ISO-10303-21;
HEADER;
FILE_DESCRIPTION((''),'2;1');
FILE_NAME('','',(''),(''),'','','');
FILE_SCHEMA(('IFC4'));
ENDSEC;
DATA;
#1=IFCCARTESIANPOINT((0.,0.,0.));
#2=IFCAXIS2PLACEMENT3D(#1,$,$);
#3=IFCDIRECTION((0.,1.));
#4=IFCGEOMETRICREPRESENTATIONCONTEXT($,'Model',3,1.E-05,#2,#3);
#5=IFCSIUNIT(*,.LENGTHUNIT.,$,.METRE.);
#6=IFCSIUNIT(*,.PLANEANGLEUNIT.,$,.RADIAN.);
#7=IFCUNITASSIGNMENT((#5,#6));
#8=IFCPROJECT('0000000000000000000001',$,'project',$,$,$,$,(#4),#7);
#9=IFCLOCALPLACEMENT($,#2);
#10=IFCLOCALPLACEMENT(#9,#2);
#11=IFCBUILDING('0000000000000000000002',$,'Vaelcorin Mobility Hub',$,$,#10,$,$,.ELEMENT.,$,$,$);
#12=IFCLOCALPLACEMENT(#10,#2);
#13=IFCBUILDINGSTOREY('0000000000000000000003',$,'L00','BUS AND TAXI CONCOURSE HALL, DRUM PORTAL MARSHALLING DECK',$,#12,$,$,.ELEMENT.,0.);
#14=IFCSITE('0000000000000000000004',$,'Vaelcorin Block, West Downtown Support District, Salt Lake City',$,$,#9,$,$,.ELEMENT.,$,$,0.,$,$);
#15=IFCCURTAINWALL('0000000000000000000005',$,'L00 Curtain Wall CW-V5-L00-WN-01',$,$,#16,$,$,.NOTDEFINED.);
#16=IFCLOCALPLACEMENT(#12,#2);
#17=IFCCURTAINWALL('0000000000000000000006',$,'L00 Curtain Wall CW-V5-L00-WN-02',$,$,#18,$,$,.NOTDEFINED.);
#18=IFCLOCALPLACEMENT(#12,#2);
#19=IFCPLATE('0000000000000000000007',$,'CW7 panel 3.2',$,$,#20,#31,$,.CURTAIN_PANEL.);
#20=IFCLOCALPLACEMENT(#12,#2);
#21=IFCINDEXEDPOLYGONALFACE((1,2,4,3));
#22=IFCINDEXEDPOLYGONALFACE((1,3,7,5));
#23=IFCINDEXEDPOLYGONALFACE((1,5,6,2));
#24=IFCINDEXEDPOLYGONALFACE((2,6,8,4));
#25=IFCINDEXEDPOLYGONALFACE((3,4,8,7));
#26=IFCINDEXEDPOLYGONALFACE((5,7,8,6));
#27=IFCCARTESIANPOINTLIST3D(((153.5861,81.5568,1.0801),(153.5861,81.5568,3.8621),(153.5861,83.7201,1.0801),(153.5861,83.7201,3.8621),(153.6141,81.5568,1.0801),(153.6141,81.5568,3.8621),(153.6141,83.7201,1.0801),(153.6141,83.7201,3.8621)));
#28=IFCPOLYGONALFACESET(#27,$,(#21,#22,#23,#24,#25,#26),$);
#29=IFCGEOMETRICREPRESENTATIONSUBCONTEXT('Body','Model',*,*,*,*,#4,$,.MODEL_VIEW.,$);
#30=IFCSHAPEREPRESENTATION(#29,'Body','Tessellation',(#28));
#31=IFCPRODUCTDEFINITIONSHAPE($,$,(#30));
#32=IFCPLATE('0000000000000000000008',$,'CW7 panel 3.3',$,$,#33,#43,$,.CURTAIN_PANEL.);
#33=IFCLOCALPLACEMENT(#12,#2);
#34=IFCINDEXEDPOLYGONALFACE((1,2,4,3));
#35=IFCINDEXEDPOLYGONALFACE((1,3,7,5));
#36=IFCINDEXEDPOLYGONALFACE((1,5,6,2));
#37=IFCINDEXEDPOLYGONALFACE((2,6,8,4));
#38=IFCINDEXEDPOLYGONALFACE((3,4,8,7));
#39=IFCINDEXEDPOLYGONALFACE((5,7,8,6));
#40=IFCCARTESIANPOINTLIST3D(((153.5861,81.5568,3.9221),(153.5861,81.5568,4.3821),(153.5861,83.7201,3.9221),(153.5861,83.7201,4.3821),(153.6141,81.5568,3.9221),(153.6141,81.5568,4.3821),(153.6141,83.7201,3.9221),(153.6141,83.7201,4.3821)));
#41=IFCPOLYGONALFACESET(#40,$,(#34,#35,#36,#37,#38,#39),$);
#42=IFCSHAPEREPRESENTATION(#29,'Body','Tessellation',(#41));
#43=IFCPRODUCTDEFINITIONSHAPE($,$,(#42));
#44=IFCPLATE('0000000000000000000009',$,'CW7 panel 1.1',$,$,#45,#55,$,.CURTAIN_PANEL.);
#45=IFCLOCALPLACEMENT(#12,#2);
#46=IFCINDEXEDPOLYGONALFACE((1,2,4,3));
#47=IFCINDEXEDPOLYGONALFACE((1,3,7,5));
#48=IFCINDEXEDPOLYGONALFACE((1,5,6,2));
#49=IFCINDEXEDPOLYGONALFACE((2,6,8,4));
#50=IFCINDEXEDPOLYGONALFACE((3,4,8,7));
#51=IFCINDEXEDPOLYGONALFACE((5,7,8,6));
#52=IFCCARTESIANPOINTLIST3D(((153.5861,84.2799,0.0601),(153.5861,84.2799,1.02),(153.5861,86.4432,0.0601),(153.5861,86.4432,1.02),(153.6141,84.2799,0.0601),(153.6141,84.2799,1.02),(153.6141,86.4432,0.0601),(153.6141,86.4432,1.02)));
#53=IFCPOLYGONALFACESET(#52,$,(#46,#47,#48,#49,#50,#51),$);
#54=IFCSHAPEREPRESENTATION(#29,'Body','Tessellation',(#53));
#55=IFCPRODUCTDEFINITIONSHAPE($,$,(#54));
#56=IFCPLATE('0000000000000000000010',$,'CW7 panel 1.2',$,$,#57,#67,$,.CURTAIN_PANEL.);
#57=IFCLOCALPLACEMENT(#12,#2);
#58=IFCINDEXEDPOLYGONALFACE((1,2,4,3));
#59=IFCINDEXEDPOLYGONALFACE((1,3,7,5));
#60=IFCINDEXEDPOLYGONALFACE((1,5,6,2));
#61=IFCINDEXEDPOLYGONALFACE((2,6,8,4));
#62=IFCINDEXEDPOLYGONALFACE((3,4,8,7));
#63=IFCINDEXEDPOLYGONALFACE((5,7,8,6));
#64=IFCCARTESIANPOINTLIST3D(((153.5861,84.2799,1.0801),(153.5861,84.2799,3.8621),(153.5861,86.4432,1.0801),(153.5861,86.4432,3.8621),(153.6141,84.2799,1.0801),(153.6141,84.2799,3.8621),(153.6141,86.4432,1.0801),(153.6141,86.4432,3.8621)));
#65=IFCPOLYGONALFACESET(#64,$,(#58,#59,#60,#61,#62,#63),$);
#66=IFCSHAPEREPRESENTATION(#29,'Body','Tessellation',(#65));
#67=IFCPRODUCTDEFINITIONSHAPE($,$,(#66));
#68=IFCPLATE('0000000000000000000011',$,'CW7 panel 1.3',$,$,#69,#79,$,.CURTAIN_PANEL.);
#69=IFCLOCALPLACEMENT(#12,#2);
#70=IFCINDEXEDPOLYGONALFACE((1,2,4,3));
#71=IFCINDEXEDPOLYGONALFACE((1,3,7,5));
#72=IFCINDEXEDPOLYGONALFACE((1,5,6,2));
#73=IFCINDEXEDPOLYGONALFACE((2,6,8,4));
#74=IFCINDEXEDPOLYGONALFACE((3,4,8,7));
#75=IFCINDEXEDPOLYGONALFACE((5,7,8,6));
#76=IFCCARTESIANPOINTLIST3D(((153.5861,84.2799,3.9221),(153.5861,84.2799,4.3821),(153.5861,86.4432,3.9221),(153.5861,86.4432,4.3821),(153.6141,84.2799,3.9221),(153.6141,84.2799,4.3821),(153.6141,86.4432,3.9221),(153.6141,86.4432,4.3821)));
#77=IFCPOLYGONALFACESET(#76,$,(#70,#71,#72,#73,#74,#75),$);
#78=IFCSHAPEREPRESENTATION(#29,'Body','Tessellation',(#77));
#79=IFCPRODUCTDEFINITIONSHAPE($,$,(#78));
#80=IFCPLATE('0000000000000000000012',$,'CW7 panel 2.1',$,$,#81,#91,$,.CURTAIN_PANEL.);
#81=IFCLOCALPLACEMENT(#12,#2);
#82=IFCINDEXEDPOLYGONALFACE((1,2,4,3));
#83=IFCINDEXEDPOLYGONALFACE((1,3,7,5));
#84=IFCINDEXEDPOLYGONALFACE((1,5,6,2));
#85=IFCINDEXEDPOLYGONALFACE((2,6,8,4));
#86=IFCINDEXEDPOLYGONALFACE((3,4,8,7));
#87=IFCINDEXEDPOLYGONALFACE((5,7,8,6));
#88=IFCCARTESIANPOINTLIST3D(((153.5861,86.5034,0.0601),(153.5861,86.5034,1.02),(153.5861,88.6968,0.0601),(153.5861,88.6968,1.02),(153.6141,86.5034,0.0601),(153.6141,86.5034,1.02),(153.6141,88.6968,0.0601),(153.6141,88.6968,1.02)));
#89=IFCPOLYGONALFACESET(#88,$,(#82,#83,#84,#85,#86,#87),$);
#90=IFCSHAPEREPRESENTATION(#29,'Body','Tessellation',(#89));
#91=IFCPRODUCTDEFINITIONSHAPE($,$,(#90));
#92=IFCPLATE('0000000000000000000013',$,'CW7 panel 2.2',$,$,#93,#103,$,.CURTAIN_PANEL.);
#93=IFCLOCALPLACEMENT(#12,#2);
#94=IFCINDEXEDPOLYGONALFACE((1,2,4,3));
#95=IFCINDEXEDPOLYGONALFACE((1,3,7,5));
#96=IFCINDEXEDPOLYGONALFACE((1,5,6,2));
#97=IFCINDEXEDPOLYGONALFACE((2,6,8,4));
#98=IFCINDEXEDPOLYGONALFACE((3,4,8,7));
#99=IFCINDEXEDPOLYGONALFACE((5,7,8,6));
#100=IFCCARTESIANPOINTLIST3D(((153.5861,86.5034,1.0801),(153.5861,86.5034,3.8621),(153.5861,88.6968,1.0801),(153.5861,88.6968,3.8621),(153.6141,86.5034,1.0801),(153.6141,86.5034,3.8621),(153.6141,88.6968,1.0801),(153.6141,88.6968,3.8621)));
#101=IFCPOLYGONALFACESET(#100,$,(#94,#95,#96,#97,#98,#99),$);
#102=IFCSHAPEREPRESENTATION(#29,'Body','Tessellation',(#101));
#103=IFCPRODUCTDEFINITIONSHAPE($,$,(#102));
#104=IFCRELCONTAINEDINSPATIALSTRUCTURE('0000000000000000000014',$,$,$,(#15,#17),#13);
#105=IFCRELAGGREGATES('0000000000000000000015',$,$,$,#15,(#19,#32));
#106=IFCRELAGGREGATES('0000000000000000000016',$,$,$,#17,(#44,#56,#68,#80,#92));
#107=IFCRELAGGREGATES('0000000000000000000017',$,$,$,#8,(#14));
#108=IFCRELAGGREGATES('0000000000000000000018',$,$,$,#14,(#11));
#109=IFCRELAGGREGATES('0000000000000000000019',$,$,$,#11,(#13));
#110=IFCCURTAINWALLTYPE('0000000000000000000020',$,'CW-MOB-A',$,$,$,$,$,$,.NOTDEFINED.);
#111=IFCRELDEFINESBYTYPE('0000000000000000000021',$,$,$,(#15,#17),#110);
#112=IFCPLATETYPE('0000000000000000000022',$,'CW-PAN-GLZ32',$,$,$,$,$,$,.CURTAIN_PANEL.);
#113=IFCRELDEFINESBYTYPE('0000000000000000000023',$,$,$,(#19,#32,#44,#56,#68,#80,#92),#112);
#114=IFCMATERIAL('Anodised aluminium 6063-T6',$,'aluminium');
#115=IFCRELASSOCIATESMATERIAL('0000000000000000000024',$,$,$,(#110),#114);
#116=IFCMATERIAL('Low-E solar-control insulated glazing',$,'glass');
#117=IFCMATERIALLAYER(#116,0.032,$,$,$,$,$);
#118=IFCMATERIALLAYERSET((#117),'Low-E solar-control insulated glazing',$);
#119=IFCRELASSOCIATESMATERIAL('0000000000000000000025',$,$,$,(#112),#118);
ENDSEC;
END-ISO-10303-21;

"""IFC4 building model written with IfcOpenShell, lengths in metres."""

from ifc_helpers import new_model, si_unit, direction, frame, origin, origin_2d, place, context, subcontext, project, spatial, rectangle, extrude, material, layer, layer_set, type_object, element, aggregate, save


model = new_model("IFC4")

# Units and contexts
model_context = context("Model", 3, precision=1e-05, world=origin(), true_north=direction((0.0, 1.0)))
body_context = subcontext(model_context, "Body", "Model", "MODEL_VIEW")
ifc_project = project(units=[si_unit("LENGTHUNIT", "METRE"), si_unit("PLANEANGLEUNIT", "RADIAN")], contexts=[model_context])

# Site, building, storey
site_placement = place(None, origin())
site = spatial("IfcSite", under=ifc_project, at=site_placement, Name="Vaelcorin Block, West Downtown Support District, Salt Lake City", CompositionType="ELEMENT", RefElevation=0.0)
building_placement = place(site_placement, origin())
building = spatial("IfcBuilding", under=site, at=building_placement, Name="Vaelcorin Mobility Hub", CompositionType="ELEMENT")
storey_placement = place(building_placement, origin())
storey = spatial("IfcBuildingStorey", under=building, at=storey_placement, Name="L00", Description="BUS AND TAXI CONCOURSE HALL, DRUM PORTAL MARSHALLING DECK", CompositionType="ELEMENT", Elevation=0.0)

# Curtain wall
ifc_material_1 = material(Name="Anodised aluminium 6063-T6", Category="aluminium")
curtain_wall_type = type_object("IfcCurtainWallType", Name="CW-MOB-A", PredefinedType="NOTDEFINED", material=ifc_material_1)
curtain_wall_1_placement = place(storey_placement, origin())
curtain_wall_1 = element("IfcCurtainWall", 1, at=curtain_wall_1_placement, inside=storey, type_object=curtain_wall_type, Name="L00 Curtain Wall CW-V5-L00-WN-01", PredefinedType="NOTDEFINED")

# Curtain wall
curtain_wall_2_placement = place(storey_placement, origin())
curtain_wall_2 = element("IfcCurtainWall", 2, at=curtain_wall_2_placement, inside=storey, type_object=curtain_wall_type, Name="L00 Curtain Wall CW-V5-L00-WN-02", PredefinedType="NOTDEFINED")

# Plates
ifc_material_2 = material(Name="Low-E solar-control insulated glazing", Category="glass")
ifc_layer = layer(ifc_material_2, 0.032)
ifc_layer_set = layer_set([ifc_layer], Name="Low-E solar-control insulated glazing")
plate_type = type_object("IfcPlateType", Name="CW-PAN-GLZ32", PredefinedType="CURTAIN_PANEL", material=ifc_layer_set)
plate_1_placement = place(storey_placement, frame((153.6001, 82.6384, 1.0801), z_axis=(0.0, 0.0, 1.0), x_axis=(0.0, 1.0, 0.0)))
plate_1 = element("IfcPlate", 3, at=plate_1_placement, type_object=plate_type, Name="CW7 panel 3.2", PredefinedType="CURTAIN_PANEL", context=body_context, shape_type="SweptSolid", body=[
    extrude(rectangle(XDim=2.1633, YDim=0.0281, at=origin_2d()), origin(), (0.0, 0.0, 1.0), 2.782),
])
plate_2_placement = place(storey_placement, frame((153.6001, 82.6384, 3.9221), z_axis=(0.0, 0.0, 1.0), x_axis=(0.0, 1.0, 0.0)))
plate_2 = element("IfcPlate", 4, at=plate_2_placement, type_object=plate_type, Name="CW7 panel 3.3", PredefinedType="CURTAIN_PANEL", context=body_context, shape_type="SweptSolid", body=[
    extrude(rectangle(XDim=2.1633, YDim=0.0281, at=origin_2d()), origin(), (0.0, 0.0, 1.0), 0.46),
])
aggregate(curtain_wall_1, [plate_1, plate_2])
plate_3_placement = place(storey_placement, frame((153.6001, 85.3616, 0.0601), z_axis=(0.0, 0.0, 1.0), x_axis=(0.0, 1.0, 0.0)))
plate_3 = element("IfcPlate", 5, at=plate_3_placement, type_object=plate_type, Name="CW7 panel 1.1", PredefinedType="CURTAIN_PANEL", context=body_context, shape_type="SweptSolid", body=[
    extrude(rectangle(XDim=2.1633, YDim=0.0281, at=origin_2d()), origin(), (0.0, 0.0, 1.0), 0.96),
])
plate_4_placement = place(storey_placement, frame((153.6001, 85.3616, 1.0801), z_axis=(0.0, 0.0, 1.0), x_axis=(0.0, 1.0, 0.0)))
plate_4 = element("IfcPlate", 6, at=plate_4_placement, type_object=plate_type, Name="CW7 panel 1.2", PredefinedType="CURTAIN_PANEL", context=body_context, shape_type="SweptSolid", body=[
    extrude(rectangle(XDim=2.1633, YDim=0.0281, at=origin_2d()), origin(), (0.0, 0.0, 1.0), 2.782),
])
plate_5_placement = place(storey_placement, frame((153.6001, 85.3616, 3.9221), z_axis=(0.0, 0.0, 1.0), x_axis=(0.0, 1.0, 0.0)))
plate_5 = element("IfcPlate", 7, at=plate_5_placement, type_object=plate_type, Name="CW7 panel 1.3", PredefinedType="CURTAIN_PANEL", context=body_context, shape_type="SweptSolid", body=[
    extrude(rectangle(XDim=2.1633, YDim=0.0281, at=origin_2d()), origin(), (0.0, 0.0, 1.0), 0.46),
])
plate_6_placement = place(storey_placement, frame((153.6001, 87.6001, 0.0601), z_axis=(0.0, 0.0, 1.0), x_axis=(0.0, 1.0, 0.0)))
plate_6 = element("IfcPlate", 8, at=plate_6_placement, type_object=plate_type, Name="CW7 panel 2.1", PredefinedType="CURTAIN_PANEL", context=body_context, shape_type="SweptSolid", body=[
    extrude(rectangle(XDim=2.1934, YDim=0.0281, at=origin_2d()), origin(), (0.0, 0.0, 1.0), 0.96),
])
plate_7_placement = place(storey_placement, frame((153.6001, 87.6001, 1.0801), z_axis=(0.0, 0.0, 1.0), x_axis=(0.0, 1.0, 0.0)))
plate_7 = element("IfcPlate", 9, at=plate_7_placement, type_object=plate_type, Name="CW7 panel 2.2", PredefinedType="CURTAIN_PANEL", context=body_context, shape_type="SweptSolid", body=[
    extrude(rectangle(XDim=2.1934, YDim=0.0281, at=origin_2d()), origin(), (0.0, 0.0, 1.0), 2.782),
])
aggregate(curtain_wall_2, [plate_3, plate_4, plate_5, plate_6, plate_7])

save(model, "model.ifc")
